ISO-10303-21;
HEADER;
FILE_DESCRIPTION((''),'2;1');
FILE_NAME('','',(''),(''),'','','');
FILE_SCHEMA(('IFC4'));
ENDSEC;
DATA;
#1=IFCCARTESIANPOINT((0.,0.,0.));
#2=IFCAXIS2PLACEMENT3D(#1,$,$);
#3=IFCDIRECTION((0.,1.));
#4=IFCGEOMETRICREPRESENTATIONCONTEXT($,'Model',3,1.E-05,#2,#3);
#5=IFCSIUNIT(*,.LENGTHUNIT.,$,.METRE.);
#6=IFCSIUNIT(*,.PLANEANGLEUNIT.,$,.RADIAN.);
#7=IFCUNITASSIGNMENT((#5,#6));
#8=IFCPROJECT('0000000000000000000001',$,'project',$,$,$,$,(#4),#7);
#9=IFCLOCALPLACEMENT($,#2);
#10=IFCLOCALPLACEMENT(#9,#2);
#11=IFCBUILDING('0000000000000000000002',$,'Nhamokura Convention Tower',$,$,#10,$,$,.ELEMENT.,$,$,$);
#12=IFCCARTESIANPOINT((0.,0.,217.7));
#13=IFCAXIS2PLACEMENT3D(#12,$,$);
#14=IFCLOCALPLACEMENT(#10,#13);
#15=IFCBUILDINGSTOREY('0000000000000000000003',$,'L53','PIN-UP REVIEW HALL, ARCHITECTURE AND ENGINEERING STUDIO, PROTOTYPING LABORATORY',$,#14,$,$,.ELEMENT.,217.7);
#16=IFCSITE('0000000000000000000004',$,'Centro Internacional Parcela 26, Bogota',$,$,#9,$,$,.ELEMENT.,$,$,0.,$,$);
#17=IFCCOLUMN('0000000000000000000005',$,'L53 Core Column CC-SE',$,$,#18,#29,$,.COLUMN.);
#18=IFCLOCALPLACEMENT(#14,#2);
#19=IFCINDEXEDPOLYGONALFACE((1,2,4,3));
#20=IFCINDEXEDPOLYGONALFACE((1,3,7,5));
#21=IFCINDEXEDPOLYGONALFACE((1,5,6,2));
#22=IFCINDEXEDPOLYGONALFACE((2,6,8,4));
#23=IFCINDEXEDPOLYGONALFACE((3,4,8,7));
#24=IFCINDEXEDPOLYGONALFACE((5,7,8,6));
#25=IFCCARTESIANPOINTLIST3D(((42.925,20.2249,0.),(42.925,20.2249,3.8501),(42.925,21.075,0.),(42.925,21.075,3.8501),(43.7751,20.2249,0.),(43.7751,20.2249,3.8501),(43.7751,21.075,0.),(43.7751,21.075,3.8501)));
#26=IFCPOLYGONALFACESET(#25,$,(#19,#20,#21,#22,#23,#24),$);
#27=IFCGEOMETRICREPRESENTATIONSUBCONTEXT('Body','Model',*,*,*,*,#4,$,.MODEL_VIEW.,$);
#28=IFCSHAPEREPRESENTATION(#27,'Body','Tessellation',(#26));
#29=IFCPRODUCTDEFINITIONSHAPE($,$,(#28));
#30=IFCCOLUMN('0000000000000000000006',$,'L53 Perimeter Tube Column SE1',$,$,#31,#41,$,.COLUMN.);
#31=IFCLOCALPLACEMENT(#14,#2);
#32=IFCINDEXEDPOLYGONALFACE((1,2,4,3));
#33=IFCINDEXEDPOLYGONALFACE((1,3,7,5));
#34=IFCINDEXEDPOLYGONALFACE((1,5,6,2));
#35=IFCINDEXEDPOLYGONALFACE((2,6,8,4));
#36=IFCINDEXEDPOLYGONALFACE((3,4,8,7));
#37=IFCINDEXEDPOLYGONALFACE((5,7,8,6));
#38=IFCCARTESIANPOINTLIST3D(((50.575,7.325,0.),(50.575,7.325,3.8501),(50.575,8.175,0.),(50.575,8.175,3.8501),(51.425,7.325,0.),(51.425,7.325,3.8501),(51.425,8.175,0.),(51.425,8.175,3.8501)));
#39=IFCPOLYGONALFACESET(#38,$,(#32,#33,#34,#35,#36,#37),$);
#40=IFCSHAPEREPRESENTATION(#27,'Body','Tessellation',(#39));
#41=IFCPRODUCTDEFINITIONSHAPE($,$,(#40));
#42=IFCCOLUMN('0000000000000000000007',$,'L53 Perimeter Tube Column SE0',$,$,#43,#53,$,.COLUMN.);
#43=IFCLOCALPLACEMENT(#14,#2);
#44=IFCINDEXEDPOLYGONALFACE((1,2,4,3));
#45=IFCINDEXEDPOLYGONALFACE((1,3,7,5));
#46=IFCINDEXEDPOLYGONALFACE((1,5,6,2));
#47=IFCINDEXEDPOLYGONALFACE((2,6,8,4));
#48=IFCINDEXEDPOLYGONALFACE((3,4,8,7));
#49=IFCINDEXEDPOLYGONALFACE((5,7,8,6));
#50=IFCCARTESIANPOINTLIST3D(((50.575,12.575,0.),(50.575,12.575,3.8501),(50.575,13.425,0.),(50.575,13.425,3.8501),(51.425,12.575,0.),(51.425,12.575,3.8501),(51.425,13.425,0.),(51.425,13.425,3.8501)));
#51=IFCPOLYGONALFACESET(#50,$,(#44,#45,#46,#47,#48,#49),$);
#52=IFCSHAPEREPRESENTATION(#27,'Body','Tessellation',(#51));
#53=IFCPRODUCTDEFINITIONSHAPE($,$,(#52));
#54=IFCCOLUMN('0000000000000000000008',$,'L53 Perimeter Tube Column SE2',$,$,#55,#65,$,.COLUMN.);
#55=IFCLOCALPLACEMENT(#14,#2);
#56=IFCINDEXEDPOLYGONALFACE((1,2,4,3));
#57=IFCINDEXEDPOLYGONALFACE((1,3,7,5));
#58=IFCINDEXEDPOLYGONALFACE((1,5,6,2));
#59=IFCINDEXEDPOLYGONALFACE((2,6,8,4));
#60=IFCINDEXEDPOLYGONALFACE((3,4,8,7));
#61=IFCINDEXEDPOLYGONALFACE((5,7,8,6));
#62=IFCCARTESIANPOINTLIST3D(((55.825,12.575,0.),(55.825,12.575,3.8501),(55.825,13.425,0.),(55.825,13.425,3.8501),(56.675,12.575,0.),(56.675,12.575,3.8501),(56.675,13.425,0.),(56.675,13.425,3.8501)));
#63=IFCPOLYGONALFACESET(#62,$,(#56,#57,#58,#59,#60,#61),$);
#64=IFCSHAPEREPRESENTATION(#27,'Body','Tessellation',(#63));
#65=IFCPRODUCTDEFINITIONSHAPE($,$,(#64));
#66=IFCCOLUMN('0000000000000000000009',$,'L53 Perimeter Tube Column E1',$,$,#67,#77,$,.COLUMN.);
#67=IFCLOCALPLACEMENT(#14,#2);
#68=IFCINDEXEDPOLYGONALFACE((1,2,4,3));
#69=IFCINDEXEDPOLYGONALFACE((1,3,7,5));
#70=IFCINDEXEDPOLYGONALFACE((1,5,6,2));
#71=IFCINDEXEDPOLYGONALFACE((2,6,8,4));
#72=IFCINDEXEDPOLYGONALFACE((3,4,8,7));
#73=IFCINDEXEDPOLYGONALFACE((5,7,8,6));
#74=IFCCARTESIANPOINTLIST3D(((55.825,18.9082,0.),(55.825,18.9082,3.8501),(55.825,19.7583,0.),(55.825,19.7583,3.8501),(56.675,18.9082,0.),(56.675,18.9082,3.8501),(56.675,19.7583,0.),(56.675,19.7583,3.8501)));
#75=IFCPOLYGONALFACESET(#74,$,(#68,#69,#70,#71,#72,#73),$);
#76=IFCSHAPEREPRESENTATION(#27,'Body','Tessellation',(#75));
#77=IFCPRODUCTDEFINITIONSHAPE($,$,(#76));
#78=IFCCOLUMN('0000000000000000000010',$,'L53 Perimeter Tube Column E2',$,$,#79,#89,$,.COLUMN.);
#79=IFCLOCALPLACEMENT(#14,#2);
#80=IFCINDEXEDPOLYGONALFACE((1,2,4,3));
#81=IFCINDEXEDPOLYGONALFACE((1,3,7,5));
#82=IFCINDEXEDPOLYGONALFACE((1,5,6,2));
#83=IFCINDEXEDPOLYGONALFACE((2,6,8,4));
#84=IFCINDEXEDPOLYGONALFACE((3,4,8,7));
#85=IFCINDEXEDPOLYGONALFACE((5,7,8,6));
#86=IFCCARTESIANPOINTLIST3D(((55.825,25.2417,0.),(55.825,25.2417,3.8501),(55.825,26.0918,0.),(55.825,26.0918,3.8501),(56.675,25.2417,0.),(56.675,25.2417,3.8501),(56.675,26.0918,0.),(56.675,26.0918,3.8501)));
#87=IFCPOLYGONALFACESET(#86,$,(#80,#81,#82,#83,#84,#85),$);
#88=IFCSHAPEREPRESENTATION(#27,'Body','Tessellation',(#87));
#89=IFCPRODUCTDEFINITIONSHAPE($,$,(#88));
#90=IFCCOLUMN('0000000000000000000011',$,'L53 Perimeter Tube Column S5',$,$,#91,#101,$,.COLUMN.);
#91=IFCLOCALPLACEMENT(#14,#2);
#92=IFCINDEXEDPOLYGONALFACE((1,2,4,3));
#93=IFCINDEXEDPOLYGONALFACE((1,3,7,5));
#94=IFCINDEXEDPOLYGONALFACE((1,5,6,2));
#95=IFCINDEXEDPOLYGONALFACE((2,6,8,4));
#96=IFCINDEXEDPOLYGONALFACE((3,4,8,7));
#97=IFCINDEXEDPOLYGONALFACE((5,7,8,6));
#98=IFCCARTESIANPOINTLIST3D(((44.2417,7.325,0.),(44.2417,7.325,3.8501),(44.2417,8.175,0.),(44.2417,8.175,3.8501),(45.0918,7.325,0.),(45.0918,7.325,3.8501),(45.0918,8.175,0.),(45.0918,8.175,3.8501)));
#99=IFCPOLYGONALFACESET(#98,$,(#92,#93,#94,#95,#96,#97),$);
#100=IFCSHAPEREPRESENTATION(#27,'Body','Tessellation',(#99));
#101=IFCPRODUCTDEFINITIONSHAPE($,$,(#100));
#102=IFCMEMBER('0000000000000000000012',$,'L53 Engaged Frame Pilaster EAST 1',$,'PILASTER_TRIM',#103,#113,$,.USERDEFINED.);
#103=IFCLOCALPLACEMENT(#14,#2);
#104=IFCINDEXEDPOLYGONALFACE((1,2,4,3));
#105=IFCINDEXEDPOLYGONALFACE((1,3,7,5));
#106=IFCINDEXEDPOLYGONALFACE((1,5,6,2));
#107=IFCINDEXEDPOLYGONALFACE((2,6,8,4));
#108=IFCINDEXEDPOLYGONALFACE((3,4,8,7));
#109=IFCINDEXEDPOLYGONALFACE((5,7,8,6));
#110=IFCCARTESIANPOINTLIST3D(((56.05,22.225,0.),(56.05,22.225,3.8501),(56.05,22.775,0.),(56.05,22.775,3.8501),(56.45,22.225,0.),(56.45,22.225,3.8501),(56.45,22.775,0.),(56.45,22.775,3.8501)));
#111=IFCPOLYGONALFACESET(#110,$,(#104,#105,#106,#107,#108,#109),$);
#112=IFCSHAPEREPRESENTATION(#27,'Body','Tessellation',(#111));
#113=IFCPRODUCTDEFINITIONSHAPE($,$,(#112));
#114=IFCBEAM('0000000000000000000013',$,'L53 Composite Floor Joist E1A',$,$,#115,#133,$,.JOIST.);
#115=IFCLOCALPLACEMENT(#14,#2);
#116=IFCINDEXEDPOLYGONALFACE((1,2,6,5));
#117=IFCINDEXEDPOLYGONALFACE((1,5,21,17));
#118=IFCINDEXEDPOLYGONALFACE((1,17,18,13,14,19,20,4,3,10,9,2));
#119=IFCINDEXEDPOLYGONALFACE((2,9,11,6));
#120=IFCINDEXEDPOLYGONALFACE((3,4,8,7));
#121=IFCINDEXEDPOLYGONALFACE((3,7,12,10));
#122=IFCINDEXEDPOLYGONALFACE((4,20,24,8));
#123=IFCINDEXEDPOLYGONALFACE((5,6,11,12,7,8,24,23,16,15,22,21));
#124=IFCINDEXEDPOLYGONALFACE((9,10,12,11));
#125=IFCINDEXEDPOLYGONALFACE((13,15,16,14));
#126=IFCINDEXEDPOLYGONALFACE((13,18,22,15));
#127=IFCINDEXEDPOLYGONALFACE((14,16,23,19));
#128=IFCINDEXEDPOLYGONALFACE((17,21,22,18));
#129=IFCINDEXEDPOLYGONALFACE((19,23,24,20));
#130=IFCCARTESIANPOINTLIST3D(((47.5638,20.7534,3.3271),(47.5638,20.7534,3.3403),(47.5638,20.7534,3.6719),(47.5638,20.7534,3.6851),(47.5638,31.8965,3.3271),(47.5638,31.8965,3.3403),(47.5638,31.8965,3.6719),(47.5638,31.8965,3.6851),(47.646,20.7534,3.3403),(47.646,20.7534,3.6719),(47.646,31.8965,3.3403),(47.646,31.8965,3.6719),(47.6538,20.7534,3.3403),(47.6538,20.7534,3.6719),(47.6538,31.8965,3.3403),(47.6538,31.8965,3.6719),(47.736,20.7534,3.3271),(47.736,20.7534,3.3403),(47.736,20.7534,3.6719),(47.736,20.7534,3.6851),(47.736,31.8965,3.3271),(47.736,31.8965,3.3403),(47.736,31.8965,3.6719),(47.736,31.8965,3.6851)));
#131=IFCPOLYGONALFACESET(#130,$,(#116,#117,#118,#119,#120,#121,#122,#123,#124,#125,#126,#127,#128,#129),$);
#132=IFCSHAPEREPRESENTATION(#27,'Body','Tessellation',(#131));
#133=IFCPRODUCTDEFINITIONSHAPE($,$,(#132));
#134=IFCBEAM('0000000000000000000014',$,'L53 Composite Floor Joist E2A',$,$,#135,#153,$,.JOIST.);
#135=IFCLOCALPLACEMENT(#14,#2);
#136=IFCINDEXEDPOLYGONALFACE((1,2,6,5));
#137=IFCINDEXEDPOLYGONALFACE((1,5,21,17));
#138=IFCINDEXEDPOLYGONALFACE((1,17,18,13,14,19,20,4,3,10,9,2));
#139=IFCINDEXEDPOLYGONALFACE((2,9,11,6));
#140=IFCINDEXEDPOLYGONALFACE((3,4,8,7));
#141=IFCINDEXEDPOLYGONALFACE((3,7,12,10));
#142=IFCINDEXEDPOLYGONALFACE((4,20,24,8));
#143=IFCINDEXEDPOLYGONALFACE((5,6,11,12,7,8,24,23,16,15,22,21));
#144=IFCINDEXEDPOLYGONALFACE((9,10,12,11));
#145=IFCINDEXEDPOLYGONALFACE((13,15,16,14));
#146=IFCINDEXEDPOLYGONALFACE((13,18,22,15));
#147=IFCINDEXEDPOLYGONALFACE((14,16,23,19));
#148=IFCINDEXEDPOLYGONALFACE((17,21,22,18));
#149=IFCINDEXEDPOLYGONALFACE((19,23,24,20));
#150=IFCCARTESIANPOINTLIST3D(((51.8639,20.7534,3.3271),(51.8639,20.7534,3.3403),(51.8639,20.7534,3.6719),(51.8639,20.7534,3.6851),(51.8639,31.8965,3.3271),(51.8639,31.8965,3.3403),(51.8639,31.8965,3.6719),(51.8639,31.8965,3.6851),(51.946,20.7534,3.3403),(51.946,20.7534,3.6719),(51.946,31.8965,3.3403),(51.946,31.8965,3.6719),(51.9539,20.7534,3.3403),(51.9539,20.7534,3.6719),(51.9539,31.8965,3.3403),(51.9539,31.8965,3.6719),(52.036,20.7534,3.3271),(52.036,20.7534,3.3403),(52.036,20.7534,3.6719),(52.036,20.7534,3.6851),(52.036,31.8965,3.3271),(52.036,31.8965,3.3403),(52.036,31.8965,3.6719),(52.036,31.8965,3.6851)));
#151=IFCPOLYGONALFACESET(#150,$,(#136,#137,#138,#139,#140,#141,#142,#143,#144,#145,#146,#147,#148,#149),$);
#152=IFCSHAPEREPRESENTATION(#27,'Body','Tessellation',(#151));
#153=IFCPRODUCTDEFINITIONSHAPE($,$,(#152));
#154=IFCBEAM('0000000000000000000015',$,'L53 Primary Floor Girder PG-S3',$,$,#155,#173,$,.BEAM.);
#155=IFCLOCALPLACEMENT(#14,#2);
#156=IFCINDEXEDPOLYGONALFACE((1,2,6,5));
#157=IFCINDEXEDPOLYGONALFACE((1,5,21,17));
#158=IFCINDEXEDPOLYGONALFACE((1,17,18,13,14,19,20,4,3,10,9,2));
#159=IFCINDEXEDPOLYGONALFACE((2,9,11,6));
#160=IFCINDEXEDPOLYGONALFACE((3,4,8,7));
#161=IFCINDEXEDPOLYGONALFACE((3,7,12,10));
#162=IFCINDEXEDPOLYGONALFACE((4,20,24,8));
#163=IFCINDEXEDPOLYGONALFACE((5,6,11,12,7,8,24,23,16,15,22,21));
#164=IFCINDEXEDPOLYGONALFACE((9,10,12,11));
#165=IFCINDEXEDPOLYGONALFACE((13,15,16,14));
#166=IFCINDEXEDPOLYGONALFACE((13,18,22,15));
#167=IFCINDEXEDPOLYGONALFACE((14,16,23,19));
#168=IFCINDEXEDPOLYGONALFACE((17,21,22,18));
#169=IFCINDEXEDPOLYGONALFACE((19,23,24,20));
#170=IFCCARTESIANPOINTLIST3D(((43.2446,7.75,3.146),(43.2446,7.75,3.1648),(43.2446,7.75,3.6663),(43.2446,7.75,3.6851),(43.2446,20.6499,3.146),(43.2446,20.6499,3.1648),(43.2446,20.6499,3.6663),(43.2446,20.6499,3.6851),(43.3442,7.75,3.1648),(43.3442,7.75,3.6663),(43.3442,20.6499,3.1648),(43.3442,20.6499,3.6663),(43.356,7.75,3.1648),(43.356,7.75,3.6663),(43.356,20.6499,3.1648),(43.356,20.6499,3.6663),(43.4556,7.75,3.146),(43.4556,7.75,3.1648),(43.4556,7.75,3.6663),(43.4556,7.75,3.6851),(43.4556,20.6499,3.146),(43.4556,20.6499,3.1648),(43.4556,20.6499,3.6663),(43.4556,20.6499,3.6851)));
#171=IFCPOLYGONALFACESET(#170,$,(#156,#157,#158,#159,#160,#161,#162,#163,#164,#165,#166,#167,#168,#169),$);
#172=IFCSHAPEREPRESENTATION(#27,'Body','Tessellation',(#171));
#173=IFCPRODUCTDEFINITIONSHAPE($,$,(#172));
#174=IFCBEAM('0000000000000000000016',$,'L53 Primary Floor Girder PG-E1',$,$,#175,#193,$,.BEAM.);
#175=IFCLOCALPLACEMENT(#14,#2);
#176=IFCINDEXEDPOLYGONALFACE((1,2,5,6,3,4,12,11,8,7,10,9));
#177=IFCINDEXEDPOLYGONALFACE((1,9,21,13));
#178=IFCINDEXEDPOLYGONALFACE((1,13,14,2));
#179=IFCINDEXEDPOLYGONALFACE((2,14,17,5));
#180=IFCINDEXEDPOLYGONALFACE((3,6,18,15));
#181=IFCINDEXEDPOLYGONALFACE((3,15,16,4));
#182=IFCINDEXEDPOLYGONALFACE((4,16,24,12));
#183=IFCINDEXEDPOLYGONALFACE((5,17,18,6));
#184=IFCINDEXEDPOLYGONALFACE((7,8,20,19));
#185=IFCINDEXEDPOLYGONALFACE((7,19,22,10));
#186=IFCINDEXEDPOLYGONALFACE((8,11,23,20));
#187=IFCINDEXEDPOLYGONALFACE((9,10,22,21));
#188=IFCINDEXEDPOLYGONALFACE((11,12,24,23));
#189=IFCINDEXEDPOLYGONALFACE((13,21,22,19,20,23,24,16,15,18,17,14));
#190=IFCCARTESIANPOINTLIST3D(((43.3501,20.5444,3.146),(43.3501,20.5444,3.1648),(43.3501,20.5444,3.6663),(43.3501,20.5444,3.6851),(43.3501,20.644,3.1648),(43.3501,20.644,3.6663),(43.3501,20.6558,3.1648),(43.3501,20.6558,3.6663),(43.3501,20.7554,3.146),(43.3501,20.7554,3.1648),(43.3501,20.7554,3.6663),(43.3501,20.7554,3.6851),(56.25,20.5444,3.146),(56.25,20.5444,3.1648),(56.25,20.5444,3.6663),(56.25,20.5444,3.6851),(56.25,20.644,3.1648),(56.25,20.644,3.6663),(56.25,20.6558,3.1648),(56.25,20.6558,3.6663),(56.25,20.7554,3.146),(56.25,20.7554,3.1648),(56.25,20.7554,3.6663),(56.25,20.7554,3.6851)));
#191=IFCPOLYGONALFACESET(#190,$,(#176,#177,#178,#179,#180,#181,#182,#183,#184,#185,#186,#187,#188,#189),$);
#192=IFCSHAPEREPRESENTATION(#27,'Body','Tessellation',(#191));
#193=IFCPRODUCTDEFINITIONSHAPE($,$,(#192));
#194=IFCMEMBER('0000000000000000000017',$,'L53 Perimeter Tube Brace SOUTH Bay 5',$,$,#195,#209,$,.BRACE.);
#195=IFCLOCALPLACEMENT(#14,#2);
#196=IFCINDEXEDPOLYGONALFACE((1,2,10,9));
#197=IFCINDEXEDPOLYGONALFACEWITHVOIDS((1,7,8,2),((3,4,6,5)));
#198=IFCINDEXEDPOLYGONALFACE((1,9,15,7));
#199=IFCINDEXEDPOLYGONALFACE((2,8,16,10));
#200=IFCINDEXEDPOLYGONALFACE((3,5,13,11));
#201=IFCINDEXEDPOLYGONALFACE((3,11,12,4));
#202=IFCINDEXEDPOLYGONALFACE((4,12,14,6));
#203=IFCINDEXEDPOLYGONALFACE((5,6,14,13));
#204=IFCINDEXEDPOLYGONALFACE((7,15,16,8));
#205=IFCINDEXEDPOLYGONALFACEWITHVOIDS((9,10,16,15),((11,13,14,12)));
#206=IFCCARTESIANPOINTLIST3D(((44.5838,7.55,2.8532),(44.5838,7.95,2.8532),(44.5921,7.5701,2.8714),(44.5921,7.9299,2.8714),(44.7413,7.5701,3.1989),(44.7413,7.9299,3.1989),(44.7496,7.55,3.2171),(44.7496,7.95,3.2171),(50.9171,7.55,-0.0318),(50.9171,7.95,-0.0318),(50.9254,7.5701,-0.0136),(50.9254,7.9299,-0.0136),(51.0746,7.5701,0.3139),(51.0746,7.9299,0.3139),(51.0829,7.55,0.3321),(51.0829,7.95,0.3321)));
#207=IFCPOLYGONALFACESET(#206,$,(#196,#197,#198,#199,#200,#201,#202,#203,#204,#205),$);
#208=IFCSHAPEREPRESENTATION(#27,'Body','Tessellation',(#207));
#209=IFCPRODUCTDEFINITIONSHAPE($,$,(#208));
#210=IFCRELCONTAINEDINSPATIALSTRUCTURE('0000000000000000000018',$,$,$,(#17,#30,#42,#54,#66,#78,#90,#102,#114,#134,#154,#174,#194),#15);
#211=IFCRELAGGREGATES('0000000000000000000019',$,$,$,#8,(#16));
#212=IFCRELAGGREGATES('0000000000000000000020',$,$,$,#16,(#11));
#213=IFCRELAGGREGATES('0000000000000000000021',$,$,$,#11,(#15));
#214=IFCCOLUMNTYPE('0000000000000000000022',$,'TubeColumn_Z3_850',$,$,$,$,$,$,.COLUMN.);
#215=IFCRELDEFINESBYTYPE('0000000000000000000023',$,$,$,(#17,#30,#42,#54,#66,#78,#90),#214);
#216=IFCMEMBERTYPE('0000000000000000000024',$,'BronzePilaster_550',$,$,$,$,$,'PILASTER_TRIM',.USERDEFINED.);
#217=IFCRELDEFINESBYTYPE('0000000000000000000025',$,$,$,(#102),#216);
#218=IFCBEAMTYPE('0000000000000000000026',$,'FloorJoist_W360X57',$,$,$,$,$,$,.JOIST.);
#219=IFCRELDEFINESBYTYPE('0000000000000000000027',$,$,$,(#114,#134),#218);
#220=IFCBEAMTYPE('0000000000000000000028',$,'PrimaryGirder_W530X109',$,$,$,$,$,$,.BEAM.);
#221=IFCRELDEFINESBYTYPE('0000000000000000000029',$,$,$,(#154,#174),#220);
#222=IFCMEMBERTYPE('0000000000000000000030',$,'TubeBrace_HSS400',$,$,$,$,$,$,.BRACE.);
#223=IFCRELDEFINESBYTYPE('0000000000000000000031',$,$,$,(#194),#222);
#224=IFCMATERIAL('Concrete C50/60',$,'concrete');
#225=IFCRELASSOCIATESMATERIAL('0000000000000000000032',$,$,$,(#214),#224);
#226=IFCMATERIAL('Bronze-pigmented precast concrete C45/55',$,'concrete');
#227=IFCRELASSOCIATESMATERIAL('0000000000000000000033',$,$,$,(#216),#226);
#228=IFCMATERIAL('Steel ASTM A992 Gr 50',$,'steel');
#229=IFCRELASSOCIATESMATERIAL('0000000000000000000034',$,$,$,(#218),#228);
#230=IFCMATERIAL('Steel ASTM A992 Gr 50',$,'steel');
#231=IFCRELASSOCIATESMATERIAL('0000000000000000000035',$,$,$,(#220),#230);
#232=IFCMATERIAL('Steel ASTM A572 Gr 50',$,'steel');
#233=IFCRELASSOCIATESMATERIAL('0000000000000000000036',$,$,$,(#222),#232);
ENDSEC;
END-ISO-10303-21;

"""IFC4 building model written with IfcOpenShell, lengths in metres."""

from ifc_helpers import new_model, si_unit, direction, frame, origin, origin_2d, place, context, subcontext, project, spatial, rectangle, hollow_rectangle, i_section, extrude, material, material_profile, profile_set, type_object, element, save


model = new_model("IFC4")

# Units and contexts
model_context = context("Model", 3, precision=1e-05, world=origin(), true_north=direction((0.0, 1.0)))
body_context = subcontext(model_context, "Body", "Model", "MODEL_VIEW")
ifc_project = project(units=[si_unit("LENGTHUNIT", "METRE"), si_unit("PLANEANGLEUNIT", "RADIAN")], contexts=[model_context])

# Site, building, storey
site_placement = place(None, origin())
site = spatial("IfcSite", under=ifc_project, at=site_placement, Name="Centro Internacional Parcela 26, Bogota", CompositionType="ELEMENT", RefElevation=0.0)
building_placement = place(site_placement, origin())
building = spatial("IfcBuilding", under=site, at=building_placement, Name="Nhamokura Convention Tower", CompositionType="ELEMENT")
storey_placement = place(building_placement, frame((0.0, 0.0, 217.7)))
storey = spatial("IfcBuildingStorey", under=building, at=storey_placement, Name="L53", Description="PIN-UP REVIEW HALL, ARCHITECTURE AND ENGINEERING STUDIO, PROTOTYPING LABORATORY", CompositionType="ELEMENT", Elevation=217.7)

# Columns
ifc_material_1 = material(Name="Concrete C50/60", Category="concrete")
ifc_material_profile_1 = material_profile(ifc_material_1, rectangle(XDim=0.8501, YDim=0.8501, at=origin_2d()))
ifc_profile_set_1 = profile_set([ifc_material_profile_1], Name="Concrete C50/60")
column_type = type_object("IfcColumnType", Name="TubeColumn_Z3_850", PredefinedType="COLUMN", material=ifc_profile_set_1)
for number, where, z_axis, x_axis, name in (
    (1, (43.3501, 20.6499, 0.0), (0.0, 0.0, 1.0), (1.0, 0.0, 0.0), "L53 Core Column CC-SE"),
    (2, (51.0, 7.75, 0.0), (0.0, 0.0, 1.0), (1.0, 0.0, 0.0), "L53 Perimeter Tube Column SE1"),
    (3, (51.0, 13.0, 0.0), (0.0, 0.0, 1.0), (1.0, 0.0, 0.0), "L53 Perimeter Tube Column SE0"),
    (4, (56.25, 13.0, 0.0), (0.0, 0.0, 1.0), (1.0, 0.0, 0.0), "L53 Perimeter Tube Column SE2"),
    (5, (56.25, 19.3333, 0.0), (0.0, 0.0, 1.0), (1.0, 0.0, 0.0), "L53 Perimeter Tube Column E1"),
    (6, (56.25, 25.6667, 0.0), (0.0, 0.0, 1.0), (1.0, 0.0, 0.0), "L53 Perimeter Tube Column E2"),
    (7, (44.6667, 7.75, 0.0), (0.0, 0.0, 1.0), (1.0, 0.0, 0.0), "L53 Perimeter Tube Column S5"),
):
    element("IfcColumn", number, at=place(storey_placement, frame(where, z_axis=z_axis, x_axis=x_axis)), inside=storey, type_object=column_type, Name=name, PredefinedType="COLUMN", context=body_context, shape_type="SweptSolid", body=[
        extrude(rectangle(XDim=0.8501, YDim=0.8501, at=origin_2d()), origin(), (0.0, 0.0, 1.0), 3.8501),
    ])

# Member
ifc_material_2 = material(Name="Bronze-pigmented precast concrete C45/55", Category="concrete")
ifc_material_profile_2 = material_profile(ifc_material_2, rectangle(XDim=0.3999, YDim=0.55, at=origin_2d()))
ifc_profile_set_2 = profile_set([ifc_material_profile_2], Name="Bronze-pigmented precast concrete C45/55")
member_type_1 = type_object("IfcMemberType", Name="BronzePilaster_550", ElementType="PILASTER_TRIM", PredefinedType="USERDEFINED", material=ifc_profile_set_2)
member_placement = place(storey_placement, frame((56.25, 22.5, 0.0), z_axis=(0.0, 0.0, 1.0), x_axis=(1.0, 0.0, 0.0)))
element("IfcMember", 8, at=member_placement, inside=storey, type_object=member_type_1, Name="L53 Engaged Frame Pilaster EAST 1", ObjectType="PILASTER_TRIM", PredefinedType="USERDEFINED", context=body_context, shape_type="SweptSolid", body=[
    extrude(rectangle(XDim=0.3999, YDim=0.55, at=origin_2d()), origin(), (0.0, 0.0, 1.0), 3.8501),
])

# Beams
ifc_material_3 = material(Name="Steel ASTM A992 Gr 50", Category="steel")
ifc_material_profile_3 = material_profile(ifc_material_3, i_section(OverallWidth=0.1721, OverallDepth=0.3579, WebThickness=0.0078, FlangeThickness=0.0132, at=origin_2d()))
ifc_profile_set_3 = profile_set([ifc_material_profile_3], Name="Steel ASTM A992 Gr 50")
beam_type_1 = type_object("IfcBeamType", Name="FloorJoist_W360X57", PredefinedType="JOIST", material=ifc_profile_set_3)
for number, where, z_axis, x_axis, name in (
    (9, (47.6499, 20.7534, 3.5061), (0.0, 1.0, 0.0), (-1.0, 0.0, 0.0), "L53 Composite Floor Joist E1A"),
    (10, (51.95, 20.7534, 3.5061), (0.0, 1.0, 0.0), (-1.0, 0.0, 0.0), "L53 Composite Floor Joist E2A"),
):
    element("IfcBeam", number, at=place(storey_placement, frame(where, z_axis=z_axis, x_axis=x_axis)), inside=storey, type_object=beam_type_1, Name=name, PredefinedType="JOIST", context=body_context, shape_type="SweptSolid", body=[
        extrude(i_section(OverallWidth=0.1721, OverallDepth=0.3579, WebThickness=0.0078, FlangeThickness=0.0132, at=origin_2d()), origin(), (0.0, 0.0, 1.0), 11.1431),
    ])
ifc_material_4 = material(Name="Steel ASTM A992 Gr 50", Category="steel")
ifc_material_profile_4 = material_profile(ifc_material_4, i_section(OverallWidth=0.2109, OverallDepth=0.5391, WebThickness=0.0117, FlangeThickness=0.0188, at=origin_2d()))
ifc_profile_set_4 = profile_set([ifc_material_profile_4], Name="Steel ASTM A992 Gr 50")
beam_type_2 = type_object("IfcBeamType", Name="PrimaryGirder_W530X109", PredefinedType="BEAM", material=ifc_profile_set_4)
for number, where, z_axis, x_axis, name in (
    (11, (43.3501, 7.75, 3.4155), (0.0, 1.0, 0.0), (-1.0, 0.0, 0.0), "L53 Primary Floor Girder PG-S3"),
    (12, (43.3501, 20.6499, 3.4155), (1.0, 0.0, 0.0), (0.0, 1.0, 0.0), "L53 Primary Floor Girder PG-E1"),
):
    element("IfcBeam", number, at=place(storey_placement, frame(where, z_axis=z_axis, x_axis=x_axis)), inside=storey, type_object=beam_type_2, Name=name, PredefinedType="BEAM", context=body_context, shape_type="SweptSolid", body=[
        extrude(i_section(OverallWidth=0.2109, OverallDepth=0.5391, WebThickness=0.0117, FlangeThickness=0.0188, at=origin_2d()), origin(), (0.0, 0.0, 1.0), 12.8999),
    ])

# Member
ifc_material_5 = material(Name="Steel ASTM A572 Gr 50", Category="steel")
ifc_material_profile_5 = material_profile(ifc_material_5, hollow_rectangle(XDim=0.3999, YDim=0.3999, WallThickness=0.02, at=origin_2d()))
ifc_profile_set_5 = profile_set([ifc_material_profile_5], Name="Steel ASTM A572 Gr 50")
member_type_2 = type_object("IfcMemberType", Name="TubeBrace_HSS400", PredefinedType="BRACE", material=ifc_profile_set_5)
for number, where, z_axis, x_axis, name in (
    (13, (51.0, 7.75, 0.1501), (-0.910027, 0.0, 0.414548), (0.0, -1.0, 0.0), "L53 Perimeter Tube Brace SOUTH Bay 5"),
):
    element("IfcMember", number, at=place(storey_placement, frame(where, z_axis=z_axis, x_axis=x_axis)), inside=storey, type_object=member_type_2, Name=name, PredefinedType="BRACE", context=body_context, shape_type="SweptSolid", body=[
        extrude(hollow_rectangle(XDim=0.3999, YDim=0.3999, WallThickness=0.02, at=origin_2d()), origin(), (0.0, 0.0, 1.0), 6.9595),
    ])

save(model, "model.ifc")
